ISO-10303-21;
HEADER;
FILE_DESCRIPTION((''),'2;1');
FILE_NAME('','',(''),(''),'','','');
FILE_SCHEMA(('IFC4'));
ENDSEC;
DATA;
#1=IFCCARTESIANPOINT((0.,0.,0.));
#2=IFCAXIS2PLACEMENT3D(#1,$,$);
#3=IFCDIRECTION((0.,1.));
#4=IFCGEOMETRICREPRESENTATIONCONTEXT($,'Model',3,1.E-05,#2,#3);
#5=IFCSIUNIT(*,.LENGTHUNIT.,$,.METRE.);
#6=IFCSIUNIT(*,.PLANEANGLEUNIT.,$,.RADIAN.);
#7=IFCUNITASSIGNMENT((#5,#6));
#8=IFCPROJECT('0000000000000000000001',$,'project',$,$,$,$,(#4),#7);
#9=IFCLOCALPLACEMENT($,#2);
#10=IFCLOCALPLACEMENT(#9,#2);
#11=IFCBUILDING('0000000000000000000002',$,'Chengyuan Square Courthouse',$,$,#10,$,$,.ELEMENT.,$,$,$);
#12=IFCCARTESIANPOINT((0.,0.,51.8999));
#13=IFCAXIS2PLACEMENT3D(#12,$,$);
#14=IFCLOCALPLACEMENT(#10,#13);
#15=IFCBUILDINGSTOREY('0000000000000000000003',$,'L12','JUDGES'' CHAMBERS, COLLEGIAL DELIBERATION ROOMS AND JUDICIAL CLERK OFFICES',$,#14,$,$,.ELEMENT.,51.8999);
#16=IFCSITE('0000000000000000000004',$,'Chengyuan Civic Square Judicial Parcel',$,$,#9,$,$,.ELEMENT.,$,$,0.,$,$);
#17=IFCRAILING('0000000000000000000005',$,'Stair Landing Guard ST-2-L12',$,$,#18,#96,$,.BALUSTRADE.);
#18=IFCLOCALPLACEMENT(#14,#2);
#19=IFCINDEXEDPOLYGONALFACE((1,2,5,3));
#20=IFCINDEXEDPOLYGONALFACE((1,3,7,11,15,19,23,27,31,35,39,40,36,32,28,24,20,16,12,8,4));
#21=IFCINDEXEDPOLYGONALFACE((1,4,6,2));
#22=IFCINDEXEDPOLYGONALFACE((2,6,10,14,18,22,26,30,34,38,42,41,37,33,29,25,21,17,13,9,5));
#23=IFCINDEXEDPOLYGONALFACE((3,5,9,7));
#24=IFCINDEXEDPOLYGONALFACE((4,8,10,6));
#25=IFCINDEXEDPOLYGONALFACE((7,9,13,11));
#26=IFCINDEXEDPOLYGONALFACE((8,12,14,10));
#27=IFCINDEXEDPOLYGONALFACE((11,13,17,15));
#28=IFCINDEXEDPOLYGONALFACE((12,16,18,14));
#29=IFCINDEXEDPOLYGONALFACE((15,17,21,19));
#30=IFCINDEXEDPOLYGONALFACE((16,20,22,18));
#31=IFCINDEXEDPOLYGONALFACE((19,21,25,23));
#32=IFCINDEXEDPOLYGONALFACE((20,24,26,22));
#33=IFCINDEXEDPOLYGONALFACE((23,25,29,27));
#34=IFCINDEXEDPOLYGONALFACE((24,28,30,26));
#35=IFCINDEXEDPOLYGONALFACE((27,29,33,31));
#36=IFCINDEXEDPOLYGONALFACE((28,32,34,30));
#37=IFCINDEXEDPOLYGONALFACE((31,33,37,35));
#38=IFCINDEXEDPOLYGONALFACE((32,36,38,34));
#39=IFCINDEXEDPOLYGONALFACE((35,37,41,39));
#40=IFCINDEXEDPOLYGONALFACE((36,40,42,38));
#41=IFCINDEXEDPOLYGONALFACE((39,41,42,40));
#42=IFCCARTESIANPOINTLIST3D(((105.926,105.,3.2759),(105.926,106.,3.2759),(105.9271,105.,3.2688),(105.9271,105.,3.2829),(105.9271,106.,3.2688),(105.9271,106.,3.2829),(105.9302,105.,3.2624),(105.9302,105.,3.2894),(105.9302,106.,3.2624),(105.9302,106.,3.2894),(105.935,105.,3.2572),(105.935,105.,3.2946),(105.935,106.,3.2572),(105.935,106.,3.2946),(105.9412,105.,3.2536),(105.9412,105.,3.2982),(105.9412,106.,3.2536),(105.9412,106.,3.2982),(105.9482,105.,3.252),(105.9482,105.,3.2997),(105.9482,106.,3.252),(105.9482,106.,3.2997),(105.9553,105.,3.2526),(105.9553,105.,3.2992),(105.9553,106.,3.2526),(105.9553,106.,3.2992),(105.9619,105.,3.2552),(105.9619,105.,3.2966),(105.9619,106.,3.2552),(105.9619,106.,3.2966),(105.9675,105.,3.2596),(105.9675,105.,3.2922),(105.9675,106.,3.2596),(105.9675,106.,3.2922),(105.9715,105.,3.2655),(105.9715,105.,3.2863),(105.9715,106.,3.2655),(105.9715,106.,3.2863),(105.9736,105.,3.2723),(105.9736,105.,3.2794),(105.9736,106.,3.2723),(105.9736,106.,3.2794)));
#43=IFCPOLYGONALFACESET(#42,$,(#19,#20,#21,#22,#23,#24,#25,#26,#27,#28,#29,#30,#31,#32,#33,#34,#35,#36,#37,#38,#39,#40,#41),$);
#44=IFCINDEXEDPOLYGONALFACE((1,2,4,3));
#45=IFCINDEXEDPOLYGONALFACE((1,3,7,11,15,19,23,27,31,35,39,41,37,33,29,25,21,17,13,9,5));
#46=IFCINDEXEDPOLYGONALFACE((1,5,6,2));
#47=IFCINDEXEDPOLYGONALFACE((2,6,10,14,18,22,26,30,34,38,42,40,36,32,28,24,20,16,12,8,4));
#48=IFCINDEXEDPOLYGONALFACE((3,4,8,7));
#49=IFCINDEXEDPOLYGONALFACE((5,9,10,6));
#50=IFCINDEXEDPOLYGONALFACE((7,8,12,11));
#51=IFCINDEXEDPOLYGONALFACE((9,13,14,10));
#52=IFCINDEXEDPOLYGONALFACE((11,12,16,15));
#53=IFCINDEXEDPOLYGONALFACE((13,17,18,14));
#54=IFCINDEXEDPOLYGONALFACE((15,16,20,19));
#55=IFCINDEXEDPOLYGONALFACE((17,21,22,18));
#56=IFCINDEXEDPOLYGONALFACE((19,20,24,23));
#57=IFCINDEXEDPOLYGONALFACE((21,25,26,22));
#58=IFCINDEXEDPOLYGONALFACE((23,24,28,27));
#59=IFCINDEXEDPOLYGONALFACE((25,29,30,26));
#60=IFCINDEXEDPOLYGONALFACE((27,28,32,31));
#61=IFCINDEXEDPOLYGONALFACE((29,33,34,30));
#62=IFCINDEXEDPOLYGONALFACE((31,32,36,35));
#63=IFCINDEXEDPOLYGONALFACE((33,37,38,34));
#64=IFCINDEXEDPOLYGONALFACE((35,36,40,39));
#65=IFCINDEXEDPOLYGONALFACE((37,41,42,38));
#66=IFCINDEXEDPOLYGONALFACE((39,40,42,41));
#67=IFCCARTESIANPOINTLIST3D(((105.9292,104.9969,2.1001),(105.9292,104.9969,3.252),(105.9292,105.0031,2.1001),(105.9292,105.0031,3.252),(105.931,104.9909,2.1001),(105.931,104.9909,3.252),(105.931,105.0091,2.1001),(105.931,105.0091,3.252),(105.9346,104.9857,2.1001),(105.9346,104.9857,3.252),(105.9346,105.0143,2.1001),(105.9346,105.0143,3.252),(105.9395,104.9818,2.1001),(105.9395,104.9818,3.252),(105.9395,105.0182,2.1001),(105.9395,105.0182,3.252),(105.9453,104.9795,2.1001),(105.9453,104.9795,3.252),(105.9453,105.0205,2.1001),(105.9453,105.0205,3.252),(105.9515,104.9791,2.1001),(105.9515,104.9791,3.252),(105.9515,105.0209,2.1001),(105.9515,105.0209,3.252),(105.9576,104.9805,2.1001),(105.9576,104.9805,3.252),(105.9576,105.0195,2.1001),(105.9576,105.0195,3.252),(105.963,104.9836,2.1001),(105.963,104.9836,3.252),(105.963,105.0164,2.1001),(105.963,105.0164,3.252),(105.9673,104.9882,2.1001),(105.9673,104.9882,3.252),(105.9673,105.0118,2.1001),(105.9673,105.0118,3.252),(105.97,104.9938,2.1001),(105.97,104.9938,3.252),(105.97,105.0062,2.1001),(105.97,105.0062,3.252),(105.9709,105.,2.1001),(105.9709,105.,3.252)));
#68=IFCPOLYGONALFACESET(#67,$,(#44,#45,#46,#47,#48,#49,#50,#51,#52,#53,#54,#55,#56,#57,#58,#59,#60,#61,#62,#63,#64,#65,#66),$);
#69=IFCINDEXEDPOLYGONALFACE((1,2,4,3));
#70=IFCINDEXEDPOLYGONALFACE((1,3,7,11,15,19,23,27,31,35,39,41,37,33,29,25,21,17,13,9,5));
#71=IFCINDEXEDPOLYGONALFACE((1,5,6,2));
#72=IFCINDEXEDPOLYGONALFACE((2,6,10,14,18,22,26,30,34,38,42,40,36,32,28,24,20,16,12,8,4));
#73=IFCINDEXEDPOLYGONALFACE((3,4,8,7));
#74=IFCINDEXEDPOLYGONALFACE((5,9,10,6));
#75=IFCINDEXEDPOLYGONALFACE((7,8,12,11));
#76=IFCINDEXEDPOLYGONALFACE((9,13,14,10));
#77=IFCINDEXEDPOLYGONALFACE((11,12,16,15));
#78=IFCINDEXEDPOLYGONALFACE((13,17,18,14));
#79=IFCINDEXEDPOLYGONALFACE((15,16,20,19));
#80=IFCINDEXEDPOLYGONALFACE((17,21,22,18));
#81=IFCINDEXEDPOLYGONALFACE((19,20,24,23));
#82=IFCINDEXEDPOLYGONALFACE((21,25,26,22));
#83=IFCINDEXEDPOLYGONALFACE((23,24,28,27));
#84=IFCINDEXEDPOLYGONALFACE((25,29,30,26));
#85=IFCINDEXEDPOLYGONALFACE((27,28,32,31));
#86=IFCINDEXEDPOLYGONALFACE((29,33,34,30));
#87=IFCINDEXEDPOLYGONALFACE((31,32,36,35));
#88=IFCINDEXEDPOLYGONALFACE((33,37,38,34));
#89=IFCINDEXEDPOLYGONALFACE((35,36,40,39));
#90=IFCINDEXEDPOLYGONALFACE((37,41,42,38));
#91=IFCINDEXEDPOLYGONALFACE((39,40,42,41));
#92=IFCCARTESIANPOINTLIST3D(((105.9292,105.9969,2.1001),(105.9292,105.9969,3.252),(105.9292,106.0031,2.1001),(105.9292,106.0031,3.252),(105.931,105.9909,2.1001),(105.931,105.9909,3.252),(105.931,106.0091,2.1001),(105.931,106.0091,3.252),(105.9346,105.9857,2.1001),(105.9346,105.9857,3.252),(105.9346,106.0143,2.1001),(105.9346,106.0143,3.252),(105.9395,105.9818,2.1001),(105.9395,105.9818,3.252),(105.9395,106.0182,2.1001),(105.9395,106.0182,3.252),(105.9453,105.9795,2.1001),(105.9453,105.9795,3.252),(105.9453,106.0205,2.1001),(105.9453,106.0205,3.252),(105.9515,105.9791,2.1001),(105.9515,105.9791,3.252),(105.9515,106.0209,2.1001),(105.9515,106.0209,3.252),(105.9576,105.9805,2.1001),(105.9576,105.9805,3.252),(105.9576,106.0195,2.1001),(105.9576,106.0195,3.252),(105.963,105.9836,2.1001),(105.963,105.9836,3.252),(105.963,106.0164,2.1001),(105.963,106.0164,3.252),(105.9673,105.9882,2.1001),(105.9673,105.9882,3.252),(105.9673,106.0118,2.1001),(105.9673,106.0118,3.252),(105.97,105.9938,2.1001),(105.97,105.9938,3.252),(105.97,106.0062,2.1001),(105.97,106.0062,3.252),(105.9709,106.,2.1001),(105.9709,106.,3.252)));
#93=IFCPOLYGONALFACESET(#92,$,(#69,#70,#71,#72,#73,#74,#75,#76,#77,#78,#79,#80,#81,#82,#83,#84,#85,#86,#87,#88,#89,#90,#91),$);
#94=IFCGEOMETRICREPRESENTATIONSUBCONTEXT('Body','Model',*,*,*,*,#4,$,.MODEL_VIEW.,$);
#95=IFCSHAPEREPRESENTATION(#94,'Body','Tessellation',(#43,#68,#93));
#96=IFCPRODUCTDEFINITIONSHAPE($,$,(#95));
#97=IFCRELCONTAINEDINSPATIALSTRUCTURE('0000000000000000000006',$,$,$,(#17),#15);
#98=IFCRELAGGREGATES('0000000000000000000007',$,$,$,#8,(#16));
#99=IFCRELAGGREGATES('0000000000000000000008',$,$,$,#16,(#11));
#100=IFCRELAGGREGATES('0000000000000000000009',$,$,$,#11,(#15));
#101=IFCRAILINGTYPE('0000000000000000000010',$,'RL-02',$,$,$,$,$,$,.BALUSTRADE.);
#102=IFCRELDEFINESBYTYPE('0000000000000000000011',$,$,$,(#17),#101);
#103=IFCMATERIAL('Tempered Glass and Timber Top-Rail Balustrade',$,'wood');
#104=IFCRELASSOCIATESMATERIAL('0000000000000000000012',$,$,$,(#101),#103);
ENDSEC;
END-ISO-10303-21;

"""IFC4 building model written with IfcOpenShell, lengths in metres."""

from ifc_helpers import new_model, si_unit, direction, frame, origin, origin_2d, place, context, subcontext, project, spatial, circle, extrude, material, type_object, element, save


model = new_model("IFC4")

# Units and contexts
model_context = context("Model", 3, precision=1e-05, world=origin(), true_north=direction((0.0, 1.0)))
body_context = subcontext(model_context, "Body", "Model", "MODEL_VIEW")
ifc_project = project(units=[si_unit("LENGTHUNIT", "METRE"), si_unit("PLANEANGLEUNIT", "RADIAN")], contexts=[model_context])

# Site, building, storey
site_placement = place(None, origin())
site = spatial("IfcSite", under=ifc_project, at=site_placement, Name="Chengyuan Civic Square Judicial Parcel", CompositionType="ELEMENT", RefElevation=0.0)
building_placement = place(site_placement, origin())
building = spatial("IfcBuilding", under=site, at=building_placement, Name="Chengyuan Square Courthouse", CompositionType="ELEMENT")
storey_placement = place(building_placement, frame((0.0, 0.0, 51.8999)))
storey = spatial("IfcBuildingStorey", under=building, at=storey_placement, Name="L12", Description="JUDGES' CHAMBERS, COLLEGIAL DELIBERATION ROOMS AND JUDICIAL CLERK OFFICES", CompositionType="ELEMENT", Elevation=51.8999)

# Railing
ifc_material_1 = material(Name="Tempered Glass and Timber Top-Rail Balustrade", Category="wood")
railing_type_1 = type_object("IfcRailingType", Name="RL-02", PredefinedType="BALUSTRADE", material=ifc_material_1)
for number, where, name in (
    (1, (105.95, 105.0, 2.1001), "Stair Landing Guard ST-2-L12"),
):
    element("IfcRailing", number, at=place(storey_placement, frame(where)), inside=storey, type_object=railing_type_1, Name=name, PredefinedType="BALUSTRADE", context=body_context, shape_type="SweptSolid", body=[
        extrude(circle(Radius=0.0239, at=origin_2d()), frame((0.0, 0.0, 1.1758), z_axis=(0.0, 1.0, 0.0), x_axis=(-1.0, 0.0, 0.0)), (0.0, 0.0, 1.0), 1.0),
        extrude(circle(Radius=0.021, at=origin_2d()), origin(), (0.0, 0.0, 1.0), 1.1519),
        extrude(circle(Radius=0.021, at=origin_2d()), frame((0.0, 1.0, 0.0)), (0.0, 0.0, 1.0), 1.1519),
    ])

save(model, "model.ifc")
